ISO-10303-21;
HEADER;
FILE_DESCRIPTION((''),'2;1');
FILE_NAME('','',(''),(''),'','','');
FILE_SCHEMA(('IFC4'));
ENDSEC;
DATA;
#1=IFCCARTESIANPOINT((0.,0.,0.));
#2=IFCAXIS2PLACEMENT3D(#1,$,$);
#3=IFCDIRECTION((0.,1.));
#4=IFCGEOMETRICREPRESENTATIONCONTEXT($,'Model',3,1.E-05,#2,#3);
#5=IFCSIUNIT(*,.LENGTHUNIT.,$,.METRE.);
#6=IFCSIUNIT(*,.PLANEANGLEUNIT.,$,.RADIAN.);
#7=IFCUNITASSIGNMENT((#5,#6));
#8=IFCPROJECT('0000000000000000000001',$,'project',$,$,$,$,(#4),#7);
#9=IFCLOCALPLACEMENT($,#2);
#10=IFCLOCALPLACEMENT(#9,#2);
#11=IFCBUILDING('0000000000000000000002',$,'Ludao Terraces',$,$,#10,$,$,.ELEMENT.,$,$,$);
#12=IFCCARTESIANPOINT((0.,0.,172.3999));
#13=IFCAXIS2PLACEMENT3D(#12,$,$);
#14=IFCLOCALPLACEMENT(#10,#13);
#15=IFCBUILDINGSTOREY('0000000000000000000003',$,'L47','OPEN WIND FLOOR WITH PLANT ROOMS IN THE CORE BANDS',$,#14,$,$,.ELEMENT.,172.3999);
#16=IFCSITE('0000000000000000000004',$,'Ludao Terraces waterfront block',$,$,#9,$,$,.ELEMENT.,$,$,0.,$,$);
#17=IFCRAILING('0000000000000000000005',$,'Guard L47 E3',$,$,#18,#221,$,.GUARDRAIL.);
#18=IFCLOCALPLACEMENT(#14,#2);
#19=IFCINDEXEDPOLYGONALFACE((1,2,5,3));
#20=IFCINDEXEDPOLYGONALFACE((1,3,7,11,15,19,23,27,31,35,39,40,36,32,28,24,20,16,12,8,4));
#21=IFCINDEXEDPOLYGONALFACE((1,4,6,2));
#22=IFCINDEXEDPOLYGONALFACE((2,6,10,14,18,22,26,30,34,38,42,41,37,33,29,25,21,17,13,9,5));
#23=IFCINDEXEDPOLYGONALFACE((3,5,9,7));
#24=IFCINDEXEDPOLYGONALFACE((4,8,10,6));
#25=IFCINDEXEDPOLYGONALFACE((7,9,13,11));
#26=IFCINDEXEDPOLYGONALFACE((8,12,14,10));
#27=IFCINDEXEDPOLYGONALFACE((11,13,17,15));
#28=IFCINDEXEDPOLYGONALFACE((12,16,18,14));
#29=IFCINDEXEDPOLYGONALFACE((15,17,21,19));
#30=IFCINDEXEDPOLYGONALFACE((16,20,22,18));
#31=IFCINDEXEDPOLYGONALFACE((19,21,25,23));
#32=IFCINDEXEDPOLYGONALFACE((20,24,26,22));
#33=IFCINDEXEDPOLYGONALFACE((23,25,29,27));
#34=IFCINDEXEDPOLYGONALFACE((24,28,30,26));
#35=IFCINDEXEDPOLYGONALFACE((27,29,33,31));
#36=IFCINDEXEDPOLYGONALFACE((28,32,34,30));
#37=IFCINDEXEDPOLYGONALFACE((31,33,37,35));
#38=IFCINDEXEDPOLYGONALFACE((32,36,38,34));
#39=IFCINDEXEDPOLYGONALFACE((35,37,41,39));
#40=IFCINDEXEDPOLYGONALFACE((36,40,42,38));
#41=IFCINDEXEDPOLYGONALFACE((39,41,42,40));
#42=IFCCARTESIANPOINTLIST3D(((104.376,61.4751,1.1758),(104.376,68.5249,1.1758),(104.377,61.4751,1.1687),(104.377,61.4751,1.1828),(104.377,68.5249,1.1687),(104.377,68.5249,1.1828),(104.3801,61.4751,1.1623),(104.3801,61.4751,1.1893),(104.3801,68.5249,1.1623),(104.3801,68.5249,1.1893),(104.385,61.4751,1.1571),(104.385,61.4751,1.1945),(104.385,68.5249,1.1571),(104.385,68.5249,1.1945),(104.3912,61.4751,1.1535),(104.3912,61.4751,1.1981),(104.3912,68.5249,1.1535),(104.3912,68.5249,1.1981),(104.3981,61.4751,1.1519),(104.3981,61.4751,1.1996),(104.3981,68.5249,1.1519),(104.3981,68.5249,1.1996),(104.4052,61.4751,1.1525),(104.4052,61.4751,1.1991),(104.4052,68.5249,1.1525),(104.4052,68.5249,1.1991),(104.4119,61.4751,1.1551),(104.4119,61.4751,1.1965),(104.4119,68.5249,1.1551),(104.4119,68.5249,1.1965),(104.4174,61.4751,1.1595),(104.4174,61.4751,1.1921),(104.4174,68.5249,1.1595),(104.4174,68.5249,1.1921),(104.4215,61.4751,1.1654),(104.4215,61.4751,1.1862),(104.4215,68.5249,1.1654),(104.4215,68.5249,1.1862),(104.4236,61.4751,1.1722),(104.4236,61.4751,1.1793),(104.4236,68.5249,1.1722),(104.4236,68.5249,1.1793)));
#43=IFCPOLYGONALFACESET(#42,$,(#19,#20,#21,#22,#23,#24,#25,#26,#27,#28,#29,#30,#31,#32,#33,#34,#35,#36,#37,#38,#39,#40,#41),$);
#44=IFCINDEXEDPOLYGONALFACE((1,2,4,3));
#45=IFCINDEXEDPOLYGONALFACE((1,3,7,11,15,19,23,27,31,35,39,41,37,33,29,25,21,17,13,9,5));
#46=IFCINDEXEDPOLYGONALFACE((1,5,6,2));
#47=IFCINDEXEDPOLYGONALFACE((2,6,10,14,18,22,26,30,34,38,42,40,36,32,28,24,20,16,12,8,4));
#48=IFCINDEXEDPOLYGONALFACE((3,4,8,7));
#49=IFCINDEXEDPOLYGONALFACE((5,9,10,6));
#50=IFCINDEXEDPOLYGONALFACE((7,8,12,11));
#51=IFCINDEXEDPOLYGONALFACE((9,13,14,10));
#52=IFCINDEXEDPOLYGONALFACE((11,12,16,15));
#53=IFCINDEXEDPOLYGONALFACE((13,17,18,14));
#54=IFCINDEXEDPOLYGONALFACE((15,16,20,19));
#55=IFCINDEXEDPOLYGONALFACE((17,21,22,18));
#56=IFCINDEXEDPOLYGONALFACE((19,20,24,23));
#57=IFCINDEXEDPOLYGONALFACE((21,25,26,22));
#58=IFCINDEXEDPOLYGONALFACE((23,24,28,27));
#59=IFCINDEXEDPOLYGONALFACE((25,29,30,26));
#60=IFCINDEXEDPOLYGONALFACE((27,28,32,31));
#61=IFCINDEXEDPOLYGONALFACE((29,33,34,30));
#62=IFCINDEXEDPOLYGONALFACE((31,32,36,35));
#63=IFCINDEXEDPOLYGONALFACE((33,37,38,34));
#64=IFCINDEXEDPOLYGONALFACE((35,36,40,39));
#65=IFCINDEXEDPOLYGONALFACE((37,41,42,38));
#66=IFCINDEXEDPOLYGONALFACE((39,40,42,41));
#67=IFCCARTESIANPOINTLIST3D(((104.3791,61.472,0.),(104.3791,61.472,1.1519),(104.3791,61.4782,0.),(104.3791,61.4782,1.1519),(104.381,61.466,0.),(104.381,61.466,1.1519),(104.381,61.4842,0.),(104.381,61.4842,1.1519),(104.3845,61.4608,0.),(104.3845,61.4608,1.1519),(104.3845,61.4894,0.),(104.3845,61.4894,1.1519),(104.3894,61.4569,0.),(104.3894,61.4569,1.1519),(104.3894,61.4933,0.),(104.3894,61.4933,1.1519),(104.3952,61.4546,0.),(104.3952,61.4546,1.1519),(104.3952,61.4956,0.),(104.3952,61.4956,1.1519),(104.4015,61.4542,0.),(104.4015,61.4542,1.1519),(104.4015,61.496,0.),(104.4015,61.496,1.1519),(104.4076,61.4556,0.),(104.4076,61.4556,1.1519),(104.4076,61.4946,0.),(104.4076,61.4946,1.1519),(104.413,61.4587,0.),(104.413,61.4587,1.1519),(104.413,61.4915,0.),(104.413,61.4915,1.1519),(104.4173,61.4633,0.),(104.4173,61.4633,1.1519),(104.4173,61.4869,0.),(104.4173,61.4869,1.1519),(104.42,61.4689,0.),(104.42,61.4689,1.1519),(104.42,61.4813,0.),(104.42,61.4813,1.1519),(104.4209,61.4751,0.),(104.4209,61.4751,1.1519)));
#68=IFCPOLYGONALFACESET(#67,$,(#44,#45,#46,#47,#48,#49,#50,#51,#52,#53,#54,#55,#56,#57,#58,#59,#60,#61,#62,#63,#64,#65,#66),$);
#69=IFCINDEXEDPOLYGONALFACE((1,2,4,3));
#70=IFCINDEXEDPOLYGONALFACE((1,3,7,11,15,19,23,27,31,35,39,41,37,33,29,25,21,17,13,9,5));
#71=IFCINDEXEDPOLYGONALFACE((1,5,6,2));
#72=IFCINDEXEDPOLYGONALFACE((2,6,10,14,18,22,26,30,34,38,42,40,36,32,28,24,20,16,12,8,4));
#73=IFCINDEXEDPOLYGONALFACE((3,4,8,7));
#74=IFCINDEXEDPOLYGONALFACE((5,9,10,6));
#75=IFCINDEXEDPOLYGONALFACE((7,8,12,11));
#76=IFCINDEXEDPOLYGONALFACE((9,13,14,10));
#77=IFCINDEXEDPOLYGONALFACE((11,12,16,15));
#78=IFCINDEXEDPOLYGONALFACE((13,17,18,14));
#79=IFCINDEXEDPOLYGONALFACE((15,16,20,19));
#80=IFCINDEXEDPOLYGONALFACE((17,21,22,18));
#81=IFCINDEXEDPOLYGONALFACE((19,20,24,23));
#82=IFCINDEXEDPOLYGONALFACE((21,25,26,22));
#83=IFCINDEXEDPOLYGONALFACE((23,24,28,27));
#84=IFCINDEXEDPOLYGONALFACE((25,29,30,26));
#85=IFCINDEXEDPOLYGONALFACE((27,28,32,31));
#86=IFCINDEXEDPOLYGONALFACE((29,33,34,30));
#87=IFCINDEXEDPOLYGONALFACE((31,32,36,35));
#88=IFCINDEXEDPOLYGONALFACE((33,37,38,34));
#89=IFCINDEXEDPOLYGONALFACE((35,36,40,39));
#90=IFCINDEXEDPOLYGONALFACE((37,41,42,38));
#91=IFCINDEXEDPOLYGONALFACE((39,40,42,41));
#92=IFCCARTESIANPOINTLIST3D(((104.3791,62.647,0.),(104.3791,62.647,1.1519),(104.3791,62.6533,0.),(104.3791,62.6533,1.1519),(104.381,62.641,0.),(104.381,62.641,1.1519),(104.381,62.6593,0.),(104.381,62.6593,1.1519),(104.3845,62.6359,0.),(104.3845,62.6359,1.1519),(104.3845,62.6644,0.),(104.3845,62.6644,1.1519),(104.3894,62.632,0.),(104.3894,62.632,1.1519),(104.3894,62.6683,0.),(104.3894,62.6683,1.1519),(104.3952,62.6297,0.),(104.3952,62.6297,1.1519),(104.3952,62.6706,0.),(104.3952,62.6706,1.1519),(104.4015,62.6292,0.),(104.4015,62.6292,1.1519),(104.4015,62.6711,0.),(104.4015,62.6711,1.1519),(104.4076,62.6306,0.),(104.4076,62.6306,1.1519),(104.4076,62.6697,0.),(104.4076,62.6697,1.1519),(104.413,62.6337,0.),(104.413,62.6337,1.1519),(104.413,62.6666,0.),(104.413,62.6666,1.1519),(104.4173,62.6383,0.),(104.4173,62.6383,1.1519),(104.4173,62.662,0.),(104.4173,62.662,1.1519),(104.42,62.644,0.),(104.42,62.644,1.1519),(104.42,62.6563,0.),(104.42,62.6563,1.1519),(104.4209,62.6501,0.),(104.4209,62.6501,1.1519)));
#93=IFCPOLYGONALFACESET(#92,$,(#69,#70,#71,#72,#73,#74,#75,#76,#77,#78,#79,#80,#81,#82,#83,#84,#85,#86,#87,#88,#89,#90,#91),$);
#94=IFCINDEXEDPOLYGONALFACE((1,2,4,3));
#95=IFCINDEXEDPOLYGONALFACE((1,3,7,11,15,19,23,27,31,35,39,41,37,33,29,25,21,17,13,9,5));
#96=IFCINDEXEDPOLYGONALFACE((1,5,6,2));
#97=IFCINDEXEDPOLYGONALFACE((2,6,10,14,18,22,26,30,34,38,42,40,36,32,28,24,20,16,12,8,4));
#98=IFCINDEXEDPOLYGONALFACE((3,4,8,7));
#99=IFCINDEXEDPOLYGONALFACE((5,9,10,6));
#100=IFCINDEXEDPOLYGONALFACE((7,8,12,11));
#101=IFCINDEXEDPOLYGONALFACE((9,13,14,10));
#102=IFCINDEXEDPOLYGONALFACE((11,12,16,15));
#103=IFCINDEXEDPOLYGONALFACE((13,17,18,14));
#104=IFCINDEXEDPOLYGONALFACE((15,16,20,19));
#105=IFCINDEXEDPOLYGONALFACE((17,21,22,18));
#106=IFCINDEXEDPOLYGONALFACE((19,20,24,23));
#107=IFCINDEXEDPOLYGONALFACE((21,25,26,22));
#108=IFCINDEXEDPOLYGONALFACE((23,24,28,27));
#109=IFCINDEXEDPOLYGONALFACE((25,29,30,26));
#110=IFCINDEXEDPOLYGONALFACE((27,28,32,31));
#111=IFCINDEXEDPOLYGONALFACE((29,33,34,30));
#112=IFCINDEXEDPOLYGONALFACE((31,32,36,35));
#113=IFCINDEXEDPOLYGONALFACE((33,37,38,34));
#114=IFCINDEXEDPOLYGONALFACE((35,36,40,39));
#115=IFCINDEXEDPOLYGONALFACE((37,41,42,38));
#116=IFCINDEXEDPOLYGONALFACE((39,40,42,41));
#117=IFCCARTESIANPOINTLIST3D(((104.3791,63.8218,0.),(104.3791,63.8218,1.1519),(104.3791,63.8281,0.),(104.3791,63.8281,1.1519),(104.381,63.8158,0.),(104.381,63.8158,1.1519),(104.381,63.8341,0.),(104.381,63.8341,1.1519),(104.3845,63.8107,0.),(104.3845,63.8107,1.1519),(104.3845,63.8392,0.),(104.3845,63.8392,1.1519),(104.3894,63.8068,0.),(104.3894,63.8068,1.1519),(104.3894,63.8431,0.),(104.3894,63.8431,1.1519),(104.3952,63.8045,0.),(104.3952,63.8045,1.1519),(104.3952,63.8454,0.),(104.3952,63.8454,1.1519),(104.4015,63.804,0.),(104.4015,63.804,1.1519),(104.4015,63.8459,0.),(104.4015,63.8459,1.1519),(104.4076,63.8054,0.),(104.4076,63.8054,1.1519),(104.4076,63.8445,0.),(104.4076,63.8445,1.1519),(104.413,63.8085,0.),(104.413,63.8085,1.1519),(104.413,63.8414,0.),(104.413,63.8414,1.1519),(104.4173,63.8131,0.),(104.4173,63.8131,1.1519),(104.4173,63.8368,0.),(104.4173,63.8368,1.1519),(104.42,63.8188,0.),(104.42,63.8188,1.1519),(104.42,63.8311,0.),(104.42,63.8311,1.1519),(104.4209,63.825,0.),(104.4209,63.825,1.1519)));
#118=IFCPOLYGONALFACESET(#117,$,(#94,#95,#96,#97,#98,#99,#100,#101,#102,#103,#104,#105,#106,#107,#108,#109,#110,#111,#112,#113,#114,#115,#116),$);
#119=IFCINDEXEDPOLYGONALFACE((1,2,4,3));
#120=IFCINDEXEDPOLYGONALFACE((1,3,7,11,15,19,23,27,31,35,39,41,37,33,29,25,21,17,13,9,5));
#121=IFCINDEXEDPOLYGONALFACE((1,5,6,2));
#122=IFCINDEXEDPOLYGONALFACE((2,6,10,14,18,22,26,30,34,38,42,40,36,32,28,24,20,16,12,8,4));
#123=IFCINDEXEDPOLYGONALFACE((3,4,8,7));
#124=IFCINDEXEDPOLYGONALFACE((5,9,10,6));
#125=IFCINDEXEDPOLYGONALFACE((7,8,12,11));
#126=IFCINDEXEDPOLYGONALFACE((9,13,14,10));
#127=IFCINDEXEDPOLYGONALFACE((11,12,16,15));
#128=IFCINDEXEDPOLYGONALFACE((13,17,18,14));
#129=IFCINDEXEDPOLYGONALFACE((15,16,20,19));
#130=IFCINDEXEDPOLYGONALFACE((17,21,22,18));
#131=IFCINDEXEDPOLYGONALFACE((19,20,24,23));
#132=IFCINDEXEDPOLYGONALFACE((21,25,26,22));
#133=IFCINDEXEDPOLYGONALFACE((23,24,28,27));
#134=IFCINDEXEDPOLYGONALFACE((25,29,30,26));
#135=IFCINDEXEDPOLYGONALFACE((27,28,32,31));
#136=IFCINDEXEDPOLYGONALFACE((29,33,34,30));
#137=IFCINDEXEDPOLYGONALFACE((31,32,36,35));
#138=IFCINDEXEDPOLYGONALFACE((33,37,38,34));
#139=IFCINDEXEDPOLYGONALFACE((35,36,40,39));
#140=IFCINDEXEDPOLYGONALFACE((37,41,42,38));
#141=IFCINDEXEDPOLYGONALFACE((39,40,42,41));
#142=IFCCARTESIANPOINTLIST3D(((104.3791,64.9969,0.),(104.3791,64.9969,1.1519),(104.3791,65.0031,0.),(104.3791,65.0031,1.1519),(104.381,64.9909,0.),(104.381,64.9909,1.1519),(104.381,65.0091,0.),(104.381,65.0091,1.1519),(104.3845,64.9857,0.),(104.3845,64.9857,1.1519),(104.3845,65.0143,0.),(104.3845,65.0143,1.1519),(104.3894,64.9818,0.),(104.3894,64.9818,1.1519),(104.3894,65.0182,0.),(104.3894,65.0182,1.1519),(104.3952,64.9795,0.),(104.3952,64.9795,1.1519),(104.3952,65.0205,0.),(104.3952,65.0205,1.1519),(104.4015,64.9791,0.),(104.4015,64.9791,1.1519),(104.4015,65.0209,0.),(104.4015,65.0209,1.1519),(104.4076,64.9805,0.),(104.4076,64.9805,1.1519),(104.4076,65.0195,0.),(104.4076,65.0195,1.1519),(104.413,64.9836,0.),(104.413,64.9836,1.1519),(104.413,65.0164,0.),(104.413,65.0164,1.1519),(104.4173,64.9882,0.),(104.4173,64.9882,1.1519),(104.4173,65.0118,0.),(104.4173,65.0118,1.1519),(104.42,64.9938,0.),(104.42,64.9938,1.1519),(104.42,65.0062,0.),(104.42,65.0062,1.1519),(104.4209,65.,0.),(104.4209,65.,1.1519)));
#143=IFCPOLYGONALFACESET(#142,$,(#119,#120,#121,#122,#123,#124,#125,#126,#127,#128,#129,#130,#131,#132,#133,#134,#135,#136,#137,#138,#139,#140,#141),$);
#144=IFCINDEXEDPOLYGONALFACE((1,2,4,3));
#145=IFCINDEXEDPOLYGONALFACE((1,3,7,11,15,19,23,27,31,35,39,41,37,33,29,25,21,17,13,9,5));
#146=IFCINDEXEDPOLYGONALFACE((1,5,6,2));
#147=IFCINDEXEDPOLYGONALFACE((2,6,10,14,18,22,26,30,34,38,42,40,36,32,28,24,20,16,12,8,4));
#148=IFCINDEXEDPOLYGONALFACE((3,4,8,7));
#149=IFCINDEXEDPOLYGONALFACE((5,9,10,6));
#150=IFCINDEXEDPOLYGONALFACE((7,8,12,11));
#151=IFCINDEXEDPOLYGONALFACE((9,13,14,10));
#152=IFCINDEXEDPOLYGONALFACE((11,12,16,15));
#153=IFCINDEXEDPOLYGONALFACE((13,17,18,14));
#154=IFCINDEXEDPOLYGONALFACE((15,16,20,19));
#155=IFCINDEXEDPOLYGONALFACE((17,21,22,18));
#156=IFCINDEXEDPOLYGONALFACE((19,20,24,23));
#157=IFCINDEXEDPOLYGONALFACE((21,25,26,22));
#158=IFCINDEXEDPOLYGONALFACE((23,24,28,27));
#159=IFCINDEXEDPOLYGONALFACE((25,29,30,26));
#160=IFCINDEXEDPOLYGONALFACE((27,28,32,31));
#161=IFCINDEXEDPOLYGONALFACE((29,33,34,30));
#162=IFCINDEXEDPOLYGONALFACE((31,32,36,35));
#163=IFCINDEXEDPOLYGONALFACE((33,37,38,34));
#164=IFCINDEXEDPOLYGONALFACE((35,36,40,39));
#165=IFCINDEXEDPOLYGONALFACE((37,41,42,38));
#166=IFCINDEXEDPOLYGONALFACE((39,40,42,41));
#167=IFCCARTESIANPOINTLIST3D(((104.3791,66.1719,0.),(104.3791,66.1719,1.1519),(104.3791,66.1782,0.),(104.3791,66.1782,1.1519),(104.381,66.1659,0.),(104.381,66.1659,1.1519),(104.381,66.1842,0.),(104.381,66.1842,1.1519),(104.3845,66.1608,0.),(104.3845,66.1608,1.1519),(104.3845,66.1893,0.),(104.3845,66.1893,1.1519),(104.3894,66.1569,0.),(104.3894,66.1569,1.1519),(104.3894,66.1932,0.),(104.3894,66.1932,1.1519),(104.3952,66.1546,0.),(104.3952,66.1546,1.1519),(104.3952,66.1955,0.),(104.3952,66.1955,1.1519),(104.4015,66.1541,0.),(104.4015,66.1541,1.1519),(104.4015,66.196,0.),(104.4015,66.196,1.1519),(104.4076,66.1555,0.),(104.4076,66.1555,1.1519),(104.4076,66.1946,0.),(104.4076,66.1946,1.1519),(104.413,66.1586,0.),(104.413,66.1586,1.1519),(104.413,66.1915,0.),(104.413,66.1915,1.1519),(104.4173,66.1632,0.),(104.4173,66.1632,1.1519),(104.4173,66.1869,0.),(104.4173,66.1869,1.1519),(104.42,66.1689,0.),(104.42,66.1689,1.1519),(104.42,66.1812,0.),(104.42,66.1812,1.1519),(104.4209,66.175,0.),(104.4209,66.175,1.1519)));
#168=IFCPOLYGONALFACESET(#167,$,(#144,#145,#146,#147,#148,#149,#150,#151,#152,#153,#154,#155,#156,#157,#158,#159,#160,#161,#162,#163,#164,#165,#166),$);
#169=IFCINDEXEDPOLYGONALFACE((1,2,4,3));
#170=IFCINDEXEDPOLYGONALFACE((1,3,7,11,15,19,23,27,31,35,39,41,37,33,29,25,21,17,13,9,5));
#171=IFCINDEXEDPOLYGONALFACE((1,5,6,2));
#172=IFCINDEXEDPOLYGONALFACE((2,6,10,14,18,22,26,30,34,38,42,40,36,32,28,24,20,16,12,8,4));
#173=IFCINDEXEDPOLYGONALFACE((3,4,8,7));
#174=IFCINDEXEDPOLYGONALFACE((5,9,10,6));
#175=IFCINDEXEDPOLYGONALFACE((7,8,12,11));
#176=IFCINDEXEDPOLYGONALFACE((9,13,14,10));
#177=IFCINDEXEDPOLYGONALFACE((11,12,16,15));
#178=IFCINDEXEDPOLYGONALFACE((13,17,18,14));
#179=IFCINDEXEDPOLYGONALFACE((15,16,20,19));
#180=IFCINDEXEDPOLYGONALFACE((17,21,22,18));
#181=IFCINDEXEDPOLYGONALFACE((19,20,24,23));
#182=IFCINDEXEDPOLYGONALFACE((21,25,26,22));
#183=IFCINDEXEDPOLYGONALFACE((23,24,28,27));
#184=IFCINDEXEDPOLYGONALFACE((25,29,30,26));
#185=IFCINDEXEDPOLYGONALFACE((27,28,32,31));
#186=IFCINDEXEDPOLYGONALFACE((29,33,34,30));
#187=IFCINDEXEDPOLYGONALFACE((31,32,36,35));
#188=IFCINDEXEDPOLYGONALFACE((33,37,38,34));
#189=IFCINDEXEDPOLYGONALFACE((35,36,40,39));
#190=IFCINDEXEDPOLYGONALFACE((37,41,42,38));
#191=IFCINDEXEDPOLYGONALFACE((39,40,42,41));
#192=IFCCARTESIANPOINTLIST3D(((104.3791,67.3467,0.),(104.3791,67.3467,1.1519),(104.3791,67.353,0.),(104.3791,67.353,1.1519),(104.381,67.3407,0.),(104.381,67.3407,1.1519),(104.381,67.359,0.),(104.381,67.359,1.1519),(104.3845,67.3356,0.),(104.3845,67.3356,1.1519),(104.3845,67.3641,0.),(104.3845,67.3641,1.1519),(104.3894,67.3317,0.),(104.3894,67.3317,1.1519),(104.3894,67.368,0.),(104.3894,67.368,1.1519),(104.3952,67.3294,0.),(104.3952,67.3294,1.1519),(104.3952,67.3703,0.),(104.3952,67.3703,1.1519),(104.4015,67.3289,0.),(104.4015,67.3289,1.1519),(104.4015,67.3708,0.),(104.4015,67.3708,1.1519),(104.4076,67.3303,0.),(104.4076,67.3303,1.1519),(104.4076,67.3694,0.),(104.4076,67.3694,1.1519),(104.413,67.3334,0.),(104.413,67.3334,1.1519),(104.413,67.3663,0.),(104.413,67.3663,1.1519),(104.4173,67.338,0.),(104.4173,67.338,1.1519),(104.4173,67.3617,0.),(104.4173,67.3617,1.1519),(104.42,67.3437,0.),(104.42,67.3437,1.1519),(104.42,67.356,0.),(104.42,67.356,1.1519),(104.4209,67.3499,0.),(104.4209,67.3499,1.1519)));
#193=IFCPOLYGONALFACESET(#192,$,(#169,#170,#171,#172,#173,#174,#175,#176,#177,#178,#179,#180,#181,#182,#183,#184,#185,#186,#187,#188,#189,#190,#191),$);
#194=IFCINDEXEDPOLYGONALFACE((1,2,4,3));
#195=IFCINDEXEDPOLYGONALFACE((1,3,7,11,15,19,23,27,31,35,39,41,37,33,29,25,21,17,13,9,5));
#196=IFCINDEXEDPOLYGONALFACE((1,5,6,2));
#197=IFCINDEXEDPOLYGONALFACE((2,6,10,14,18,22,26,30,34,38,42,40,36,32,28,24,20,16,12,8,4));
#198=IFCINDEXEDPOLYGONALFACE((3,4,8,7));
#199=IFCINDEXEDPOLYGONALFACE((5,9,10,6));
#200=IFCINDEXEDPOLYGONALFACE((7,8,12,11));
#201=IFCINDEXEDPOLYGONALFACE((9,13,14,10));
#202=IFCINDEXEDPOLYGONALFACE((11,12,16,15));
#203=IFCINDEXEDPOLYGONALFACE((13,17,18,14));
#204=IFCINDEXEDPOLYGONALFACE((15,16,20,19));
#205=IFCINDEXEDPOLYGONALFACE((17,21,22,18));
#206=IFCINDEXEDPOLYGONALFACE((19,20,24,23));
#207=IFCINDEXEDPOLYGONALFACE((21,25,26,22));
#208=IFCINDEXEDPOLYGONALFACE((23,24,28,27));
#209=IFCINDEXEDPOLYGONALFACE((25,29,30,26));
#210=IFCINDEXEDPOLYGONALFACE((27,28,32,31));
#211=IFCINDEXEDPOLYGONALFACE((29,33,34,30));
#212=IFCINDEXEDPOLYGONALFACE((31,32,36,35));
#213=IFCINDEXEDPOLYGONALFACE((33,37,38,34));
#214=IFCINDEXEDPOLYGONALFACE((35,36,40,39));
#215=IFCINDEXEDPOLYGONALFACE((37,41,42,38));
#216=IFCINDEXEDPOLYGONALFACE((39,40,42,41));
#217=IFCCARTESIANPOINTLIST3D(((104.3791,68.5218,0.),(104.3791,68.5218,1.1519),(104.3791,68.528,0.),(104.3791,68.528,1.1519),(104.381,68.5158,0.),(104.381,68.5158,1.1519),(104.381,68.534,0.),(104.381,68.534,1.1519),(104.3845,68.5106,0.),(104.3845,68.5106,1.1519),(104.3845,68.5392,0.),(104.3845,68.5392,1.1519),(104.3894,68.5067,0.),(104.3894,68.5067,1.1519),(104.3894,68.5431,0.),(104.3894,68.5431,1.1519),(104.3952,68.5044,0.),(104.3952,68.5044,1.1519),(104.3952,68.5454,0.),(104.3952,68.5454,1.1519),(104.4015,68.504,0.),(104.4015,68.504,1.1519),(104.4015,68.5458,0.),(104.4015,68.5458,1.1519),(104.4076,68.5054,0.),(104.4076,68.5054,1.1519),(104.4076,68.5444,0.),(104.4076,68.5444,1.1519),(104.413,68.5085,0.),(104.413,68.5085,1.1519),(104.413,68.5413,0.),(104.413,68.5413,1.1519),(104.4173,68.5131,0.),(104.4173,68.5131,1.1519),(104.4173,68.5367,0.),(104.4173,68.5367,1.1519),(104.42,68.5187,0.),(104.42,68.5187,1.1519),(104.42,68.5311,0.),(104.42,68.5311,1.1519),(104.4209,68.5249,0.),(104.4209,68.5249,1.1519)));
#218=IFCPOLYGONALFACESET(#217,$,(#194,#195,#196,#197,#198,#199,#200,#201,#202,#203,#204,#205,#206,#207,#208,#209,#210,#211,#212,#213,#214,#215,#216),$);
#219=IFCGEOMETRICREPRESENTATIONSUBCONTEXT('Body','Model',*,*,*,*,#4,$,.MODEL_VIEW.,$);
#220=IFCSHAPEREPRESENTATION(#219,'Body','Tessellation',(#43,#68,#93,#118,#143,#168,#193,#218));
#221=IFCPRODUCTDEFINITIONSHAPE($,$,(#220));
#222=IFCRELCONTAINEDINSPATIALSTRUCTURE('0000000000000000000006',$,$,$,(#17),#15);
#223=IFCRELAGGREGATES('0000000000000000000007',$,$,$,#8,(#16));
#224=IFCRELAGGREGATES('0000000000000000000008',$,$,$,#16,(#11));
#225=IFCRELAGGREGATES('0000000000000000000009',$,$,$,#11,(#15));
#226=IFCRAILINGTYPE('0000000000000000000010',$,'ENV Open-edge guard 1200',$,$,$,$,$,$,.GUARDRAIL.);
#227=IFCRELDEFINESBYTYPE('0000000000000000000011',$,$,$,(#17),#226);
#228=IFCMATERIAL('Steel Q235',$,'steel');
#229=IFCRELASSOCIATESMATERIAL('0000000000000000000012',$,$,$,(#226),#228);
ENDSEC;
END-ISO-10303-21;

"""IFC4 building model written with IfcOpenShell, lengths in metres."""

from ifc_helpers import new_model, si_unit, direction, frame, origin, origin_2d, place, context, subcontext, project, spatial, circle, extrude, material, type_object, element, save


model = new_model("IFC4")

# Units and contexts
model_context = context("Model", 3, precision=1e-05, world=origin(), true_north=direction((0.0, 1.0)))
body_context = subcontext(model_context, "Body", "Model", "MODEL_VIEW")
ifc_project = project(units=[si_unit("LENGTHUNIT", "METRE"), si_unit("PLANEANGLEUNIT", "RADIAN")], contexts=[model_context])

# Site, building, storey
site_placement = place(None, origin())
site = spatial("IfcSite", under=ifc_project, at=site_placement, Name="Ludao Terraces waterfront block", CompositionType="ELEMENT", RefElevation=0.0)
building_placement = place(site_placement, origin())
building = spatial("IfcBuilding", under=site, at=building_placement, Name="Ludao Terraces", CompositionType="ELEMENT")
storey_placement = place(building_placement, frame((0.0, 0.0, 172.3999)))
storey = spatial("IfcBuildingStorey", under=building, at=storey_placement, Name="L47", Description="OPEN WIND FLOOR WITH PLANT ROOMS IN THE CORE BANDS", CompositionType="ELEMENT", Elevation=172.3999)

# Shared definitions
ifc_material_1 = material(Name="Steel Q235", Category="steel")

# Railing
railing_type_1 = type_object("IfcRailingType", Name="ENV Open-edge guard 1200", PredefinedType="GUARDRAIL", material=ifc_material_1)
railing_1_placement = place(storey_placement, frame((104.3999, 61.4751, 0.0)))
element("IfcRailing", 1, at=railing_1_placement, inside=storey, type_object=railing_type_1, Name="Guard L47 E3", PredefinedType="GUARDRAIL", context=body_context, shape_type="SweptSolid", body=[
    extrude(circle(Radius=0.0239, at=origin_2d()), frame((0.0, 0.0, 1.1758), z_axis=(0.0, 1.0, 0.0), x_axis=(-1.0, 0.0, 0.0)), (0.0, 0.0, 1.0), 7.0498),
    extrude(circle(Radius=0.021, at=origin_2d()), origin(), (0.0, 0.0, 1.0), 1.1519),
    extrude(circle(Radius=0.021, at=origin_2d()), frame((0.0, 1.175, 0.0)), (0.0, 0.0, 1.0), 1.1519),
    extrude(circle(Radius=0.021, at=origin_2d()), frame((0.0, 2.3499, 0.0)), (0.0, 0.0, 1.0), 1.1519),
    extrude(circle(Radius=0.021, at=origin_2d()), frame((0.0, 3.5249, 0.0)), (0.0, 0.0, 1.0), 1.1519),
    extrude(circle(Radius=0.021, at=origin_2d()), frame((0.0, 4.7, 0.0)), (0.0, 0.0, 1.0), 1.1519),
    extrude(circle(Radius=0.021, at=origin_2d()), frame((0.0, 5.8748, 0.0)), (0.0, 0.0, 1.0), 1.1519),
    extrude(circle(Radius=0.021, at=origin_2d()), frame((0.0, 7.0498, 0.0)), (0.0, 0.0, 1.0), 1.1519),
])

save(model, "model.ifc")
